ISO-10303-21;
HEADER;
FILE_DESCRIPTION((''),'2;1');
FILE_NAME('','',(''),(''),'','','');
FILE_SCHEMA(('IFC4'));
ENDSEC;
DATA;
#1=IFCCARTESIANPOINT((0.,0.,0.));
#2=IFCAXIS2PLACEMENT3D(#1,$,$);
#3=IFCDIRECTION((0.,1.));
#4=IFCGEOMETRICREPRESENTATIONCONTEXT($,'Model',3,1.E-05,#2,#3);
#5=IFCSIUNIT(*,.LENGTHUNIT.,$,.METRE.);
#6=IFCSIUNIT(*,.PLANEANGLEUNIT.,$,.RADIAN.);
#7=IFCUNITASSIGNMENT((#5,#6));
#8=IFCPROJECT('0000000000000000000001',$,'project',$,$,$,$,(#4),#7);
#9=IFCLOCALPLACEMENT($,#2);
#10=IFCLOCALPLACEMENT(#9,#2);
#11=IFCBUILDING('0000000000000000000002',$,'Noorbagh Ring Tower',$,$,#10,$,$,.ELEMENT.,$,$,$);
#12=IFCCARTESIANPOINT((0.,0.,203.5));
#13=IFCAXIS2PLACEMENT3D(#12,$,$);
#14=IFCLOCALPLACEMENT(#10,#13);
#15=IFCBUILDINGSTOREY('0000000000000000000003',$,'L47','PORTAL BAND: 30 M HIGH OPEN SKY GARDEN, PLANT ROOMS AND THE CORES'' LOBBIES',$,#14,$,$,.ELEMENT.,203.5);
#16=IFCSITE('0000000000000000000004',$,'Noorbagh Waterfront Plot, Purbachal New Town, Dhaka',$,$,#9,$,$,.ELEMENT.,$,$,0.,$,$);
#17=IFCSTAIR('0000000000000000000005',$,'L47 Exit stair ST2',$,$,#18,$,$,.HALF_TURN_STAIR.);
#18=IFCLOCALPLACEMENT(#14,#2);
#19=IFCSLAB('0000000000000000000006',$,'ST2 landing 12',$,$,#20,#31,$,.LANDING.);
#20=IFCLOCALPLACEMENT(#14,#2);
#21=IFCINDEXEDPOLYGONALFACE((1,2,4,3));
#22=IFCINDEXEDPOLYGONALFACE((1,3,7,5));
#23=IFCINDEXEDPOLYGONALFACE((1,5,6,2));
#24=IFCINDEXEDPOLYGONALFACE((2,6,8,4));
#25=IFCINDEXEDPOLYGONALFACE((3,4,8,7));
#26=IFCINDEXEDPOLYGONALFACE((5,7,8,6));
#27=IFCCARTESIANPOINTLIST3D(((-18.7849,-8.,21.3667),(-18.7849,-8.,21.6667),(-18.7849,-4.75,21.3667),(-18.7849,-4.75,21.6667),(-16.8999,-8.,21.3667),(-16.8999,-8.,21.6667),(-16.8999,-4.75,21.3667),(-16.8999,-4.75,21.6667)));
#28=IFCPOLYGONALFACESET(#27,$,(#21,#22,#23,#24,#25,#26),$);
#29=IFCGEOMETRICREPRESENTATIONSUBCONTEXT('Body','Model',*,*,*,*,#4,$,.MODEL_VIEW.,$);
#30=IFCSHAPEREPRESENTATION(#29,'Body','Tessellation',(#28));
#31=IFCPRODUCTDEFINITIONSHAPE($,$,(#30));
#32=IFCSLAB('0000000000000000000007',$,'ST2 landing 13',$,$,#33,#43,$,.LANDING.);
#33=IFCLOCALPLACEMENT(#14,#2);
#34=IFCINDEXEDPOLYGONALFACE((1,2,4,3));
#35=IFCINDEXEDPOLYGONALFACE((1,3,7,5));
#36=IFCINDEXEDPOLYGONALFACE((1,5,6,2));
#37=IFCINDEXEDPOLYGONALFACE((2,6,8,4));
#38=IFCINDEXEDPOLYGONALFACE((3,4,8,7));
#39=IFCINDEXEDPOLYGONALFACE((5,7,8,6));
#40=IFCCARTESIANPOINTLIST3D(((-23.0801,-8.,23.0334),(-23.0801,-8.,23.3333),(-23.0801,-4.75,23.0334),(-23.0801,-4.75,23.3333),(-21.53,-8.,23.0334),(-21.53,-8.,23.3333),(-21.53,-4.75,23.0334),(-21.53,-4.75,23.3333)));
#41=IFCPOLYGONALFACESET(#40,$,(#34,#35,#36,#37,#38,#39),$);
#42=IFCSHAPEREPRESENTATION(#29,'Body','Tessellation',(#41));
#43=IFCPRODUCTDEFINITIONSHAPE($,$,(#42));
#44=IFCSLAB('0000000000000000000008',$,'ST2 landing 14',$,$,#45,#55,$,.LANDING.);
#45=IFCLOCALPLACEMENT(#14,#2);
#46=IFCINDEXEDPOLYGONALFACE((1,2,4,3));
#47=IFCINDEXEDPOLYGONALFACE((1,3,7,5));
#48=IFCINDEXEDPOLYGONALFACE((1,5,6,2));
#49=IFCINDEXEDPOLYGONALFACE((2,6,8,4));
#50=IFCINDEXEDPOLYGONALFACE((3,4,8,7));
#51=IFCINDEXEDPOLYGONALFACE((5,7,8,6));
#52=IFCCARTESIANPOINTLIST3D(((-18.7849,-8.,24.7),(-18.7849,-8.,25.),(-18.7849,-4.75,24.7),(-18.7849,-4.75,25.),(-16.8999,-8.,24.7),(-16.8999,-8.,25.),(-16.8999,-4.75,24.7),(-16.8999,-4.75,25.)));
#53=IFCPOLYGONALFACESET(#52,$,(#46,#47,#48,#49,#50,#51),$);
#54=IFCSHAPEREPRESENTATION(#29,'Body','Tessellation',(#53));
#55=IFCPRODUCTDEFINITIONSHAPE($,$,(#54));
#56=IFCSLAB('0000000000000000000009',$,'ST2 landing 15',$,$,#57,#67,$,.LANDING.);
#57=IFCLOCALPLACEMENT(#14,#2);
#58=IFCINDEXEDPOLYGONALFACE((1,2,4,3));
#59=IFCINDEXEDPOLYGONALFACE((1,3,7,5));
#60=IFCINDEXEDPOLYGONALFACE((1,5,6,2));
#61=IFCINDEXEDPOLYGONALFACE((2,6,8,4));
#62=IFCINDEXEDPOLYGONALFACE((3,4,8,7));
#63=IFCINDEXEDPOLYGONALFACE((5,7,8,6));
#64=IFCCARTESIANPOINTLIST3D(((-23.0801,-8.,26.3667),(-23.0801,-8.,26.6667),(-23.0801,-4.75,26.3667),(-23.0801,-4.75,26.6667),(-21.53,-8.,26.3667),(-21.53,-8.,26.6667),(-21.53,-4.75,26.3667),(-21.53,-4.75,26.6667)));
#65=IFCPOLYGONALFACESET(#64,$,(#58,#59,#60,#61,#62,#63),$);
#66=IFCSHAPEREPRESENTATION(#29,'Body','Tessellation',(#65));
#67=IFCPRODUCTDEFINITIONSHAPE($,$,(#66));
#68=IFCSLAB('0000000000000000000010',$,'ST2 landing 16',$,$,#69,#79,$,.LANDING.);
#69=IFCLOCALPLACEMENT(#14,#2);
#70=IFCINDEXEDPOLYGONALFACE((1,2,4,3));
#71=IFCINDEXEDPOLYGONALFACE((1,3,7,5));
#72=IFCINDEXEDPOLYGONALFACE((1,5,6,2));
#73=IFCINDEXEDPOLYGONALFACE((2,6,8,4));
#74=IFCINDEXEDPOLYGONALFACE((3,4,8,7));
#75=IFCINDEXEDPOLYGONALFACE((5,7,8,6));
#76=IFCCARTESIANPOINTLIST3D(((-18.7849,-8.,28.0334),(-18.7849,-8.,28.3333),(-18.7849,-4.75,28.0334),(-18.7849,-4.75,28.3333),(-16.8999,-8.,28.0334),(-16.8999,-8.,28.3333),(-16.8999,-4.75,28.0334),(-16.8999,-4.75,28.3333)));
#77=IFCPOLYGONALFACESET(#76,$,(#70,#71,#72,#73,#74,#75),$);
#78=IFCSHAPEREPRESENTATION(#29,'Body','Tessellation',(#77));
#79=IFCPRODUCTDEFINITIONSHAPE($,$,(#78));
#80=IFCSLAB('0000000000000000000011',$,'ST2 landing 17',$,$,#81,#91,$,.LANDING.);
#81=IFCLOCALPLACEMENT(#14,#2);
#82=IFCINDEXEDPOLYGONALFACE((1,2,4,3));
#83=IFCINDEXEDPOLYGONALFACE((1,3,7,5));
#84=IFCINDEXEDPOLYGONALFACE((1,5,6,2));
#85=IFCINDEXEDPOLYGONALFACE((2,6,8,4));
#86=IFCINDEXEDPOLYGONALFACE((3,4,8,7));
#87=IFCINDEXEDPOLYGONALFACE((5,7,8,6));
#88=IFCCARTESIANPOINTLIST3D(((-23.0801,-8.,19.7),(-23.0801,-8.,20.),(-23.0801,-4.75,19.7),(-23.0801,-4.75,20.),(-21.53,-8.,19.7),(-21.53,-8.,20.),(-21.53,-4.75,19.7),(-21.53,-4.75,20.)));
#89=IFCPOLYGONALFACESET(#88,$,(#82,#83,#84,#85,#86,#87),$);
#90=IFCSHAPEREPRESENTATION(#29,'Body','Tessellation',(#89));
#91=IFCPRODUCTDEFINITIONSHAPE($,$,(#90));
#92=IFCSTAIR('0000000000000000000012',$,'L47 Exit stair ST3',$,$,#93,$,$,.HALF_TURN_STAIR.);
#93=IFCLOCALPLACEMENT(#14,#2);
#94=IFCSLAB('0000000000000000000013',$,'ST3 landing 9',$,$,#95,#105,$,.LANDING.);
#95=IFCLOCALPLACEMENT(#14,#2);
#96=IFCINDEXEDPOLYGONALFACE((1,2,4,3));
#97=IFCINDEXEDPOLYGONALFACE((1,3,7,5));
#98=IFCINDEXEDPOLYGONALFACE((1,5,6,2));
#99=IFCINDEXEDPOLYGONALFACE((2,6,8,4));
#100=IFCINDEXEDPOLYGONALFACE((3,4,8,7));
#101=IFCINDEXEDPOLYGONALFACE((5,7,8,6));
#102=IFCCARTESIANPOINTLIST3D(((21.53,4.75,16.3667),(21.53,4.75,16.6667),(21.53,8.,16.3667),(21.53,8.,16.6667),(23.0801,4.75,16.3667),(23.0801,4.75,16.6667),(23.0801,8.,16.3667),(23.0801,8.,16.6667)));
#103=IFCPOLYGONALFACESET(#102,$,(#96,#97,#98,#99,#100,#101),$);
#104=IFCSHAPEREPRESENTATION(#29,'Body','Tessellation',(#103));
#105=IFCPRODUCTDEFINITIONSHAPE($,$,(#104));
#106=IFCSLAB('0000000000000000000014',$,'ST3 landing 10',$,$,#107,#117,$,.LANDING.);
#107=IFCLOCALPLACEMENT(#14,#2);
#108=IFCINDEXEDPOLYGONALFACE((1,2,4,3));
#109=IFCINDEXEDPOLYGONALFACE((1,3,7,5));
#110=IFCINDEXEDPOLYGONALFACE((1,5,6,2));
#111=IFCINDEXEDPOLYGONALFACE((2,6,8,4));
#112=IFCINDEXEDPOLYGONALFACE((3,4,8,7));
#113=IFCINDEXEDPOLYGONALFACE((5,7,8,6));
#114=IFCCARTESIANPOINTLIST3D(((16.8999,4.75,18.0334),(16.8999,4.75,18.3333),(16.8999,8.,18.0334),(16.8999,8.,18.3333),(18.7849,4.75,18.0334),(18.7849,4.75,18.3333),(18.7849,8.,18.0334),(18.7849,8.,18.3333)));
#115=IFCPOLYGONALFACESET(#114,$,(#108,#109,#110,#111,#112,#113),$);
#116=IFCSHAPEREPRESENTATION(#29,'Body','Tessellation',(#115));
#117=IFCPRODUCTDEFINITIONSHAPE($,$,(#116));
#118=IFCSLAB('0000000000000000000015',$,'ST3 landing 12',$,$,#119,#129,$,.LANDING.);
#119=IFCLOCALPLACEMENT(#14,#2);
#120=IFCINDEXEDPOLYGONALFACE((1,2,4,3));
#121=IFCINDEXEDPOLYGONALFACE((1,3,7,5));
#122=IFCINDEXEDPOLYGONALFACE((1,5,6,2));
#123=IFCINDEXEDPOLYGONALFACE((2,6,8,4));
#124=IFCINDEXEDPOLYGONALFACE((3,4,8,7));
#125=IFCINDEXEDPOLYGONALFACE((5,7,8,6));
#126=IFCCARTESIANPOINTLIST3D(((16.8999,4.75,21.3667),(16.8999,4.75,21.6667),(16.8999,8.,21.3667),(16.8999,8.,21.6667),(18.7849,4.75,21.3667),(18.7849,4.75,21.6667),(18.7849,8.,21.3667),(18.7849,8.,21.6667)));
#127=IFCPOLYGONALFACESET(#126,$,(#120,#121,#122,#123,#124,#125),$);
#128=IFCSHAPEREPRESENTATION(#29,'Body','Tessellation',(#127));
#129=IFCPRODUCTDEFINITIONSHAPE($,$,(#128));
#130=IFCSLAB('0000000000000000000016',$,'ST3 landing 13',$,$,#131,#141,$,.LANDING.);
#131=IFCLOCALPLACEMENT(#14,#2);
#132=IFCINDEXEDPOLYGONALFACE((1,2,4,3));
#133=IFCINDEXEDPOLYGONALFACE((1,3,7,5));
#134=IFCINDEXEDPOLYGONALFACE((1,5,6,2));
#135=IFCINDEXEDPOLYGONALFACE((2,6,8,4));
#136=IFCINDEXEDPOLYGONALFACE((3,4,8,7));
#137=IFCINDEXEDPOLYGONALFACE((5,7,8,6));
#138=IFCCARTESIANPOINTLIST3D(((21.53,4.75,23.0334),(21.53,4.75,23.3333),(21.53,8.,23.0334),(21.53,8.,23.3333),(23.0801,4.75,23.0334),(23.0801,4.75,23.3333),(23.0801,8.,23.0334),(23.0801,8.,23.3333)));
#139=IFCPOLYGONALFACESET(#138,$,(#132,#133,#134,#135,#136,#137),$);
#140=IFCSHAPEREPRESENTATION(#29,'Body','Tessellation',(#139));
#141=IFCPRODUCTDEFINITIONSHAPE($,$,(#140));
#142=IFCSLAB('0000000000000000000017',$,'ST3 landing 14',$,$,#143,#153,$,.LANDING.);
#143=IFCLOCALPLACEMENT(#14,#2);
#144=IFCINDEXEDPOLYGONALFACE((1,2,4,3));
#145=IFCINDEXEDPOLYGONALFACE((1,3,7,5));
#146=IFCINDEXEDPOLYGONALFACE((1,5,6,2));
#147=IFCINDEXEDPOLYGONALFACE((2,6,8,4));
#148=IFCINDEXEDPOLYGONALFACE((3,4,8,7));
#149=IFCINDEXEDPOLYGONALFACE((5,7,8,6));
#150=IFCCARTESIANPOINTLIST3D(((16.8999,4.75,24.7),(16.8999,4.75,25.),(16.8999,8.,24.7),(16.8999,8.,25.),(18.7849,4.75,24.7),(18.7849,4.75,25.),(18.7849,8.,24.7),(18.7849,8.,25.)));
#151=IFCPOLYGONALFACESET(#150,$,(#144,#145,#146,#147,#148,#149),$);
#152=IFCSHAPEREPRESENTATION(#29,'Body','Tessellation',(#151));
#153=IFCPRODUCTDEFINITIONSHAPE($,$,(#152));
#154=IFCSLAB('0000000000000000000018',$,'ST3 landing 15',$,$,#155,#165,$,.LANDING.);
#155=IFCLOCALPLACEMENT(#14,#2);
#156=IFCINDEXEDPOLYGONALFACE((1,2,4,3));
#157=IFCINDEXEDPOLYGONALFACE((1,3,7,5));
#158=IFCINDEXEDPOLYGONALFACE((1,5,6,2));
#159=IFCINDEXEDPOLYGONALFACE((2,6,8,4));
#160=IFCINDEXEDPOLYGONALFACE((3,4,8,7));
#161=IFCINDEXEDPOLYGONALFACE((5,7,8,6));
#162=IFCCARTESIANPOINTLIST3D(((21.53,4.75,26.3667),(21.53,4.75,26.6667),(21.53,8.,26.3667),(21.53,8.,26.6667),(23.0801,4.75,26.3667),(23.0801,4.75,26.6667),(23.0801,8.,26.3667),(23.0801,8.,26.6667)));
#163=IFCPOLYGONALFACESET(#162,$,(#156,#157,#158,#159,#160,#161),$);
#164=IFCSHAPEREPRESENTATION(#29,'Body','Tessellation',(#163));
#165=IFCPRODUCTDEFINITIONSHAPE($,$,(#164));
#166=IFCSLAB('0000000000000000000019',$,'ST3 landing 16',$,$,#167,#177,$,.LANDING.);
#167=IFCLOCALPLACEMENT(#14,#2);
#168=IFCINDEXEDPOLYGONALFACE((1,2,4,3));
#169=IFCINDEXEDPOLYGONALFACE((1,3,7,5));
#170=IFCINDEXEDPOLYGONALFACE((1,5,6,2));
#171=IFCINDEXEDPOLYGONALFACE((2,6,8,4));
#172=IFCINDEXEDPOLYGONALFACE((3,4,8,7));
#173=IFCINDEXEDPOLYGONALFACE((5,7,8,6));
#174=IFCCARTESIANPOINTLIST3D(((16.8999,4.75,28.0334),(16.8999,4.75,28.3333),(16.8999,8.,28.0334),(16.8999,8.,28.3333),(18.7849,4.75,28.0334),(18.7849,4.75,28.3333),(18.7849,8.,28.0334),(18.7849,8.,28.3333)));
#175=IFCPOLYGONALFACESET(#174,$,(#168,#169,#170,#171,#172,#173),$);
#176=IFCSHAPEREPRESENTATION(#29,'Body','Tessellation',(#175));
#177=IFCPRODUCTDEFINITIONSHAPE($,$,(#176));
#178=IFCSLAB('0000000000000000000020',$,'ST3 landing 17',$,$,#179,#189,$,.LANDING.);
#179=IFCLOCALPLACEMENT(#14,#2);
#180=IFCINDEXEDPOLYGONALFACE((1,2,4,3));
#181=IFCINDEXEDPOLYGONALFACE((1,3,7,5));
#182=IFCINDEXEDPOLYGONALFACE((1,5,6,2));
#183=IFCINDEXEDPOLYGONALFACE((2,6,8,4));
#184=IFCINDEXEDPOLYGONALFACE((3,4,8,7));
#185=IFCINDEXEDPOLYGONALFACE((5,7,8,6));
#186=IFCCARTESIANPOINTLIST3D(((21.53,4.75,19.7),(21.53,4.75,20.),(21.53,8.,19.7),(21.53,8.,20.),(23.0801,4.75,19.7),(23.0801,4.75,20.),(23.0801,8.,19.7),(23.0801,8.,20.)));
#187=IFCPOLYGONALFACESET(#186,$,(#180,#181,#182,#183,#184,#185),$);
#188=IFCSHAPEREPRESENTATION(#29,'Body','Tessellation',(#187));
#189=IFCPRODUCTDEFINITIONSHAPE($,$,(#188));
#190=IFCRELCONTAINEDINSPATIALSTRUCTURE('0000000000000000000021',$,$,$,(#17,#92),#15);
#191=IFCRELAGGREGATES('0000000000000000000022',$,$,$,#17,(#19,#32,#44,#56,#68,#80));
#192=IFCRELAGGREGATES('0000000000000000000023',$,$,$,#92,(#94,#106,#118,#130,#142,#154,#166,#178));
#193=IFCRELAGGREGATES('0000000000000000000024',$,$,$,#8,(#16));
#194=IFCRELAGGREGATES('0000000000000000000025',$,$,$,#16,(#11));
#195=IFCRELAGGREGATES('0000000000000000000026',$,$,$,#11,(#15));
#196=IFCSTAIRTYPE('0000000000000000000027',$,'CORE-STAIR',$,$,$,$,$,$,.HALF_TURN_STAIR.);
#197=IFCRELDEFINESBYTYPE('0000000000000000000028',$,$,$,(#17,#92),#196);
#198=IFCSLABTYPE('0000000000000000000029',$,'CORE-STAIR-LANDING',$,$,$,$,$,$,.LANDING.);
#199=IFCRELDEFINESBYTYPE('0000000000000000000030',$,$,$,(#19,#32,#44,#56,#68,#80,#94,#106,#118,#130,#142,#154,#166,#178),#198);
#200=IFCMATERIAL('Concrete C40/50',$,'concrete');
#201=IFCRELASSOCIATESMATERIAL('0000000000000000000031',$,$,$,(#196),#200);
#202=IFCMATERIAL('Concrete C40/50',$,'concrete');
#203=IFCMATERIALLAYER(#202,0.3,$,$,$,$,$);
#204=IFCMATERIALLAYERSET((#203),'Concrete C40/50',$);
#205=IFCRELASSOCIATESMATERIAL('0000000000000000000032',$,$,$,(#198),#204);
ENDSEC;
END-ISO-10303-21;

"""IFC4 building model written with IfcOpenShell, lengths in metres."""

from ifc_helpers import new_model, si_unit, direction, frame, origin, place, context, subcontext, project, spatial, polyline, outline, extrude, material, layer, layer_set, type_object, element, aggregate, save


model = new_model("IFC4")

# Units and contexts
model_context = context("Model", 3, precision=1e-05, world=origin(), true_north=direction((0.0, 1.0)))
body_context = subcontext(model_context, "Body", "Model", "MODEL_VIEW")
ifc_project = project(units=[si_unit("LENGTHUNIT", "METRE"), si_unit("PLANEANGLEUNIT", "RADIAN")], contexts=[model_context])

# Site, building, storey
site_placement = place(None, origin())
site = spatial("IfcSite", under=ifc_project, at=site_placement, Name="Noorbagh Waterfront Plot, Purbachal New Town, Dhaka", CompositionType="ELEMENT", RefElevation=0.0)
building_placement = place(site_placement, origin())
building = spatial("IfcBuilding", under=site, at=building_placement, Name="Noorbagh Ring Tower", CompositionType="ELEMENT")
storey_placement = place(building_placement, frame((0.0, 0.0, 203.5)))
storey = spatial("IfcBuildingStorey", under=building, at=storey_placement, Name="L47", Description="PORTAL BAND: 30 M HIGH OPEN SKY GARDEN, PLANT ROOMS AND THE CORES' LOBBIES", CompositionType="ELEMENT", Elevation=203.5)

# Stairs, slabs
ifc_material_1 = material(Name="Concrete C40/50", Category="concrete")
stair_type = type_object("IfcStairType", Name="CORE-STAIR", PredefinedType="HALF_TURN_STAIR", material=ifc_material_1)
stair_1_placement = place(storey_placement, origin())
stair_1 = element("IfcStair", 1, at=stair_1_placement, inside=storey, type_object=stair_type, Name="L47 Exit stair ST2", PredefinedType="HALF_TURN_STAIR")
ifc_material_2 = material(Name="Concrete C40/50", Category="concrete")
ifc_layer = layer(ifc_material_2, 0.3)
ifc_layer_set = layer_set([ifc_layer], Name="Concrete C40/50")
slab_type = type_object("IfcSlabType", Name="CORE-STAIR-LANDING", PredefinedType="LANDING", material=ifc_layer_set)
slab_1_placement = place(storey_placement, frame((0.0, 0.0, 21.3667)))
slab_1 = element("IfcSlab", 2, at=slab_1_placement, type_object=slab_type, Name="ST2 landing 12", PredefinedType="LANDING", context=body_context, shape_type="SweptSolid", body=[
    extrude(outline(polyline([(-18.7849, -8.0), (-16.8999, -8.0), (-16.8999, -4.75), (-18.7849, -4.75), (-18.7849, -8.0)])), origin(), (0.0, 0.0, 1.0), 0.3),
])
slab_2_placement = place(storey_placement, frame((0.0, 0.0, 23.0334)))
slab_2 = element("IfcSlab", 3, at=slab_2_placement, type_object=slab_type, Name="ST2 landing 13", PredefinedType="LANDING", context=body_context, shape_type="SweptSolid", body=[
    extrude(outline(polyline([(-23.0801, -8.0), (-21.53, -8.0), (-21.53, -4.75), (-23.0801, -4.75), (-23.0801, -8.0)])), origin(), (0.0, 0.0, 1.0), 0.2998),
])
slab_3_placement = place(storey_placement, frame((0.0, 0.0, 24.7)))
slab_3 = element("IfcSlab", 4, at=slab_3_placement, type_object=slab_type, Name="ST2 landing 14", PredefinedType="LANDING", context=body_context, shape_type="SweptSolid", body=[
    extrude(outline(polyline([(-18.7849, -8.0), (-16.8999, -8.0), (-16.8999, -4.75), (-18.7849, -4.75), (-18.7849, -8.0)])), origin(), (0.0, 0.0, 1.0), 0.3),
])
slab_4_placement = place(storey_placement, frame((0.0, 0.0, 26.3667)))
slab_4 = element("IfcSlab", 5, at=slab_4_placement, type_object=slab_type, Name="ST2 landing 15", PredefinedType="LANDING", context=body_context, shape_type="SweptSolid", body=[
    extrude(outline(polyline([(-23.0801, -8.0), (-21.53, -8.0), (-21.53, -4.75), (-23.0801, -4.75), (-23.0801, -8.0)])), origin(), (0.0, 0.0, 1.0), 0.3),
])
slab_5_placement = place(storey_placement, frame((0.0, 0.0, 28.0334)))
slab_5 = element("IfcSlab", 6, at=slab_5_placement, type_object=slab_type, Name="ST2 landing 16", PredefinedType="LANDING", context=body_context, shape_type="SweptSolid", body=[
    extrude(outline(polyline([(-18.7849, -8.0), (-16.8999, -8.0), (-16.8999, -4.75), (-18.7849, -4.75), (-18.7849, -8.0)])), origin(), (0.0, 0.0, 1.0), 0.2998),
])
slab_6_placement = place(storey_placement, frame((0.0, 0.0, 19.7)))
slab_6 = element("IfcSlab", 7, at=slab_6_placement, type_object=slab_type, Name="ST2 landing 17", PredefinedType="LANDING", context=body_context, shape_type="SweptSolid", body=[
    extrude(outline(polyline([(-23.0801, -8.0), (-21.53, -8.0), (-21.53, -4.75), (-23.0801, -4.75), (-23.0801, -8.0)])), origin(), (0.0, 0.0, 1.0), 0.3),
])
aggregate(stair_1, [slab_1, slab_2, slab_3, slab_4, slab_5, slab_6])
stair_2_placement = place(storey_placement, origin())
stair_2 = element("IfcStair", 8, at=stair_2_placement, inside=storey, type_object=stair_type, Name="L47 Exit stair ST3", PredefinedType="HALF_TURN_STAIR")
slab_7_placement = place(storey_placement, frame((0.0, 0.0, 16.3667)))
slab_7 = element("IfcSlab", 9, at=slab_7_placement, type_object=slab_type, Name="ST3 landing 9", PredefinedType="LANDING", context=body_context, shape_type="SweptSolid", body=[
    extrude(outline(polyline([(23.0801, 8.0), (21.53, 8.0), (21.53, 4.75), (23.0801, 4.75), (23.0801, 8.0)])), origin(), (0.0, 0.0, 1.0), 0.3),
])
slab_8_placement = place(storey_placement, frame((0.0, 0.0, 18.0334)))
slab_8 = element("IfcSlab", 10, at=slab_8_placement, type_object=slab_type, Name="ST3 landing 10", PredefinedType="LANDING", context=body_context, shape_type="SweptSolid", body=[
    extrude(outline(polyline([(18.7849, 8.0), (16.8999, 8.0), (16.8999, 4.75), (18.7849, 4.75), (18.7849, 8.0)])), origin(), (0.0, 0.0, 1.0), 0.2998),
])
slab_9_placement = place(storey_placement, frame((0.0, 0.0, 21.3667)))
slab_9 = element("IfcSlab", 11, at=slab_9_placement, type_object=slab_type, Name="ST3 landing 12", PredefinedType="LANDING", context=body_context, shape_type="SweptSolid", body=[
    extrude(outline(polyline([(18.7849, 8.0), (16.8999, 8.0), (16.8999, 4.75), (18.7849, 4.75), (18.7849, 8.0)])), origin(), (0.0, 0.0, 1.0), 0.3),
])
slab_10_placement = place(storey_placement, frame((0.0, 0.0, 23.0334)))
slab_10 = element("IfcSlab", 12, at=slab_10_placement, type_object=slab_type, Name="ST3 landing 13", PredefinedType="LANDING", context=body_context, shape_type="SweptSolid", body=[
    extrude(outline(polyline([(23.0801, 8.0), (21.53, 8.0), (21.53, 4.75), (23.0801, 4.75), (23.0801, 8.0)])), origin(), (0.0, 0.0, 1.0), 0.2998),
])
slab_11_placement = place(storey_placement, frame((0.0, 0.0, 24.7)))
slab_11 = element("IfcSlab", 13, at=slab_11_placement, type_object=slab_type, Name="ST3 landing 14", PredefinedType="LANDING", context=body_context, shape_type="SweptSolid", body=[
    extrude(outline(polyline([(18.7849, 8.0), (16.8999, 8.0), (16.8999, 4.75), (18.7849, 4.75), (18.7849, 8.0)])), origin(), (0.0, 0.0, 1.0), 0.3),
])
slab_12_placement = place(storey_placement, frame((0.0, 0.0, 26.3667)))
slab_12 = element("IfcSlab", 14, at=slab_12_placement, type_object=slab_type, Name="ST3 landing 15", PredefinedType="LANDING", context=body_context, shape_type="SweptSolid", body=[
    extrude(outline(polyline([(23.0801, 8.0), (21.53, 8.0), (21.53, 4.75), (23.0801, 4.75), (23.0801, 8.0)])), origin(), (0.0, 0.0, 1.0), 0.3),
])
slab_13_placement = place(storey_placement, frame((0.0, 0.0, 28.0334)))
slab_13 = element("IfcSlab", 15, at=slab_13_placement, type_object=slab_type, Name="ST3 landing 16", PredefinedType="LANDING", context=body_context, shape_type="SweptSolid", body=[
    extrude(outline(polyline([(18.7849, 8.0), (16.8999, 8.0), (16.8999, 4.75), (18.7849, 4.75), (18.7849, 8.0)])), origin(), (0.0, 0.0, 1.0), 0.2998),
])
slab_14_placement = place(storey_placement, frame((0.0, 0.0, 19.7)))
slab_14 = element("IfcSlab", 16, at=slab_14_placement, type_object=slab_type, Name="ST3 landing 17", PredefinedType="LANDING", context=body_context, shape_type="SweptSolid", body=[
    extrude(outline(polyline([(23.0801, 8.0), (21.53, 8.0), (21.53, 4.75), (23.0801, 4.75), (23.0801, 8.0)])), origin(), (0.0, 0.0, 1.0), 0.3),
])
aggregate(stair_2, [slab_7, slab_8, slab_9, slab_10, slab_11, slab_12, slab_13, slab_14])

save(model, "model.ifc")
